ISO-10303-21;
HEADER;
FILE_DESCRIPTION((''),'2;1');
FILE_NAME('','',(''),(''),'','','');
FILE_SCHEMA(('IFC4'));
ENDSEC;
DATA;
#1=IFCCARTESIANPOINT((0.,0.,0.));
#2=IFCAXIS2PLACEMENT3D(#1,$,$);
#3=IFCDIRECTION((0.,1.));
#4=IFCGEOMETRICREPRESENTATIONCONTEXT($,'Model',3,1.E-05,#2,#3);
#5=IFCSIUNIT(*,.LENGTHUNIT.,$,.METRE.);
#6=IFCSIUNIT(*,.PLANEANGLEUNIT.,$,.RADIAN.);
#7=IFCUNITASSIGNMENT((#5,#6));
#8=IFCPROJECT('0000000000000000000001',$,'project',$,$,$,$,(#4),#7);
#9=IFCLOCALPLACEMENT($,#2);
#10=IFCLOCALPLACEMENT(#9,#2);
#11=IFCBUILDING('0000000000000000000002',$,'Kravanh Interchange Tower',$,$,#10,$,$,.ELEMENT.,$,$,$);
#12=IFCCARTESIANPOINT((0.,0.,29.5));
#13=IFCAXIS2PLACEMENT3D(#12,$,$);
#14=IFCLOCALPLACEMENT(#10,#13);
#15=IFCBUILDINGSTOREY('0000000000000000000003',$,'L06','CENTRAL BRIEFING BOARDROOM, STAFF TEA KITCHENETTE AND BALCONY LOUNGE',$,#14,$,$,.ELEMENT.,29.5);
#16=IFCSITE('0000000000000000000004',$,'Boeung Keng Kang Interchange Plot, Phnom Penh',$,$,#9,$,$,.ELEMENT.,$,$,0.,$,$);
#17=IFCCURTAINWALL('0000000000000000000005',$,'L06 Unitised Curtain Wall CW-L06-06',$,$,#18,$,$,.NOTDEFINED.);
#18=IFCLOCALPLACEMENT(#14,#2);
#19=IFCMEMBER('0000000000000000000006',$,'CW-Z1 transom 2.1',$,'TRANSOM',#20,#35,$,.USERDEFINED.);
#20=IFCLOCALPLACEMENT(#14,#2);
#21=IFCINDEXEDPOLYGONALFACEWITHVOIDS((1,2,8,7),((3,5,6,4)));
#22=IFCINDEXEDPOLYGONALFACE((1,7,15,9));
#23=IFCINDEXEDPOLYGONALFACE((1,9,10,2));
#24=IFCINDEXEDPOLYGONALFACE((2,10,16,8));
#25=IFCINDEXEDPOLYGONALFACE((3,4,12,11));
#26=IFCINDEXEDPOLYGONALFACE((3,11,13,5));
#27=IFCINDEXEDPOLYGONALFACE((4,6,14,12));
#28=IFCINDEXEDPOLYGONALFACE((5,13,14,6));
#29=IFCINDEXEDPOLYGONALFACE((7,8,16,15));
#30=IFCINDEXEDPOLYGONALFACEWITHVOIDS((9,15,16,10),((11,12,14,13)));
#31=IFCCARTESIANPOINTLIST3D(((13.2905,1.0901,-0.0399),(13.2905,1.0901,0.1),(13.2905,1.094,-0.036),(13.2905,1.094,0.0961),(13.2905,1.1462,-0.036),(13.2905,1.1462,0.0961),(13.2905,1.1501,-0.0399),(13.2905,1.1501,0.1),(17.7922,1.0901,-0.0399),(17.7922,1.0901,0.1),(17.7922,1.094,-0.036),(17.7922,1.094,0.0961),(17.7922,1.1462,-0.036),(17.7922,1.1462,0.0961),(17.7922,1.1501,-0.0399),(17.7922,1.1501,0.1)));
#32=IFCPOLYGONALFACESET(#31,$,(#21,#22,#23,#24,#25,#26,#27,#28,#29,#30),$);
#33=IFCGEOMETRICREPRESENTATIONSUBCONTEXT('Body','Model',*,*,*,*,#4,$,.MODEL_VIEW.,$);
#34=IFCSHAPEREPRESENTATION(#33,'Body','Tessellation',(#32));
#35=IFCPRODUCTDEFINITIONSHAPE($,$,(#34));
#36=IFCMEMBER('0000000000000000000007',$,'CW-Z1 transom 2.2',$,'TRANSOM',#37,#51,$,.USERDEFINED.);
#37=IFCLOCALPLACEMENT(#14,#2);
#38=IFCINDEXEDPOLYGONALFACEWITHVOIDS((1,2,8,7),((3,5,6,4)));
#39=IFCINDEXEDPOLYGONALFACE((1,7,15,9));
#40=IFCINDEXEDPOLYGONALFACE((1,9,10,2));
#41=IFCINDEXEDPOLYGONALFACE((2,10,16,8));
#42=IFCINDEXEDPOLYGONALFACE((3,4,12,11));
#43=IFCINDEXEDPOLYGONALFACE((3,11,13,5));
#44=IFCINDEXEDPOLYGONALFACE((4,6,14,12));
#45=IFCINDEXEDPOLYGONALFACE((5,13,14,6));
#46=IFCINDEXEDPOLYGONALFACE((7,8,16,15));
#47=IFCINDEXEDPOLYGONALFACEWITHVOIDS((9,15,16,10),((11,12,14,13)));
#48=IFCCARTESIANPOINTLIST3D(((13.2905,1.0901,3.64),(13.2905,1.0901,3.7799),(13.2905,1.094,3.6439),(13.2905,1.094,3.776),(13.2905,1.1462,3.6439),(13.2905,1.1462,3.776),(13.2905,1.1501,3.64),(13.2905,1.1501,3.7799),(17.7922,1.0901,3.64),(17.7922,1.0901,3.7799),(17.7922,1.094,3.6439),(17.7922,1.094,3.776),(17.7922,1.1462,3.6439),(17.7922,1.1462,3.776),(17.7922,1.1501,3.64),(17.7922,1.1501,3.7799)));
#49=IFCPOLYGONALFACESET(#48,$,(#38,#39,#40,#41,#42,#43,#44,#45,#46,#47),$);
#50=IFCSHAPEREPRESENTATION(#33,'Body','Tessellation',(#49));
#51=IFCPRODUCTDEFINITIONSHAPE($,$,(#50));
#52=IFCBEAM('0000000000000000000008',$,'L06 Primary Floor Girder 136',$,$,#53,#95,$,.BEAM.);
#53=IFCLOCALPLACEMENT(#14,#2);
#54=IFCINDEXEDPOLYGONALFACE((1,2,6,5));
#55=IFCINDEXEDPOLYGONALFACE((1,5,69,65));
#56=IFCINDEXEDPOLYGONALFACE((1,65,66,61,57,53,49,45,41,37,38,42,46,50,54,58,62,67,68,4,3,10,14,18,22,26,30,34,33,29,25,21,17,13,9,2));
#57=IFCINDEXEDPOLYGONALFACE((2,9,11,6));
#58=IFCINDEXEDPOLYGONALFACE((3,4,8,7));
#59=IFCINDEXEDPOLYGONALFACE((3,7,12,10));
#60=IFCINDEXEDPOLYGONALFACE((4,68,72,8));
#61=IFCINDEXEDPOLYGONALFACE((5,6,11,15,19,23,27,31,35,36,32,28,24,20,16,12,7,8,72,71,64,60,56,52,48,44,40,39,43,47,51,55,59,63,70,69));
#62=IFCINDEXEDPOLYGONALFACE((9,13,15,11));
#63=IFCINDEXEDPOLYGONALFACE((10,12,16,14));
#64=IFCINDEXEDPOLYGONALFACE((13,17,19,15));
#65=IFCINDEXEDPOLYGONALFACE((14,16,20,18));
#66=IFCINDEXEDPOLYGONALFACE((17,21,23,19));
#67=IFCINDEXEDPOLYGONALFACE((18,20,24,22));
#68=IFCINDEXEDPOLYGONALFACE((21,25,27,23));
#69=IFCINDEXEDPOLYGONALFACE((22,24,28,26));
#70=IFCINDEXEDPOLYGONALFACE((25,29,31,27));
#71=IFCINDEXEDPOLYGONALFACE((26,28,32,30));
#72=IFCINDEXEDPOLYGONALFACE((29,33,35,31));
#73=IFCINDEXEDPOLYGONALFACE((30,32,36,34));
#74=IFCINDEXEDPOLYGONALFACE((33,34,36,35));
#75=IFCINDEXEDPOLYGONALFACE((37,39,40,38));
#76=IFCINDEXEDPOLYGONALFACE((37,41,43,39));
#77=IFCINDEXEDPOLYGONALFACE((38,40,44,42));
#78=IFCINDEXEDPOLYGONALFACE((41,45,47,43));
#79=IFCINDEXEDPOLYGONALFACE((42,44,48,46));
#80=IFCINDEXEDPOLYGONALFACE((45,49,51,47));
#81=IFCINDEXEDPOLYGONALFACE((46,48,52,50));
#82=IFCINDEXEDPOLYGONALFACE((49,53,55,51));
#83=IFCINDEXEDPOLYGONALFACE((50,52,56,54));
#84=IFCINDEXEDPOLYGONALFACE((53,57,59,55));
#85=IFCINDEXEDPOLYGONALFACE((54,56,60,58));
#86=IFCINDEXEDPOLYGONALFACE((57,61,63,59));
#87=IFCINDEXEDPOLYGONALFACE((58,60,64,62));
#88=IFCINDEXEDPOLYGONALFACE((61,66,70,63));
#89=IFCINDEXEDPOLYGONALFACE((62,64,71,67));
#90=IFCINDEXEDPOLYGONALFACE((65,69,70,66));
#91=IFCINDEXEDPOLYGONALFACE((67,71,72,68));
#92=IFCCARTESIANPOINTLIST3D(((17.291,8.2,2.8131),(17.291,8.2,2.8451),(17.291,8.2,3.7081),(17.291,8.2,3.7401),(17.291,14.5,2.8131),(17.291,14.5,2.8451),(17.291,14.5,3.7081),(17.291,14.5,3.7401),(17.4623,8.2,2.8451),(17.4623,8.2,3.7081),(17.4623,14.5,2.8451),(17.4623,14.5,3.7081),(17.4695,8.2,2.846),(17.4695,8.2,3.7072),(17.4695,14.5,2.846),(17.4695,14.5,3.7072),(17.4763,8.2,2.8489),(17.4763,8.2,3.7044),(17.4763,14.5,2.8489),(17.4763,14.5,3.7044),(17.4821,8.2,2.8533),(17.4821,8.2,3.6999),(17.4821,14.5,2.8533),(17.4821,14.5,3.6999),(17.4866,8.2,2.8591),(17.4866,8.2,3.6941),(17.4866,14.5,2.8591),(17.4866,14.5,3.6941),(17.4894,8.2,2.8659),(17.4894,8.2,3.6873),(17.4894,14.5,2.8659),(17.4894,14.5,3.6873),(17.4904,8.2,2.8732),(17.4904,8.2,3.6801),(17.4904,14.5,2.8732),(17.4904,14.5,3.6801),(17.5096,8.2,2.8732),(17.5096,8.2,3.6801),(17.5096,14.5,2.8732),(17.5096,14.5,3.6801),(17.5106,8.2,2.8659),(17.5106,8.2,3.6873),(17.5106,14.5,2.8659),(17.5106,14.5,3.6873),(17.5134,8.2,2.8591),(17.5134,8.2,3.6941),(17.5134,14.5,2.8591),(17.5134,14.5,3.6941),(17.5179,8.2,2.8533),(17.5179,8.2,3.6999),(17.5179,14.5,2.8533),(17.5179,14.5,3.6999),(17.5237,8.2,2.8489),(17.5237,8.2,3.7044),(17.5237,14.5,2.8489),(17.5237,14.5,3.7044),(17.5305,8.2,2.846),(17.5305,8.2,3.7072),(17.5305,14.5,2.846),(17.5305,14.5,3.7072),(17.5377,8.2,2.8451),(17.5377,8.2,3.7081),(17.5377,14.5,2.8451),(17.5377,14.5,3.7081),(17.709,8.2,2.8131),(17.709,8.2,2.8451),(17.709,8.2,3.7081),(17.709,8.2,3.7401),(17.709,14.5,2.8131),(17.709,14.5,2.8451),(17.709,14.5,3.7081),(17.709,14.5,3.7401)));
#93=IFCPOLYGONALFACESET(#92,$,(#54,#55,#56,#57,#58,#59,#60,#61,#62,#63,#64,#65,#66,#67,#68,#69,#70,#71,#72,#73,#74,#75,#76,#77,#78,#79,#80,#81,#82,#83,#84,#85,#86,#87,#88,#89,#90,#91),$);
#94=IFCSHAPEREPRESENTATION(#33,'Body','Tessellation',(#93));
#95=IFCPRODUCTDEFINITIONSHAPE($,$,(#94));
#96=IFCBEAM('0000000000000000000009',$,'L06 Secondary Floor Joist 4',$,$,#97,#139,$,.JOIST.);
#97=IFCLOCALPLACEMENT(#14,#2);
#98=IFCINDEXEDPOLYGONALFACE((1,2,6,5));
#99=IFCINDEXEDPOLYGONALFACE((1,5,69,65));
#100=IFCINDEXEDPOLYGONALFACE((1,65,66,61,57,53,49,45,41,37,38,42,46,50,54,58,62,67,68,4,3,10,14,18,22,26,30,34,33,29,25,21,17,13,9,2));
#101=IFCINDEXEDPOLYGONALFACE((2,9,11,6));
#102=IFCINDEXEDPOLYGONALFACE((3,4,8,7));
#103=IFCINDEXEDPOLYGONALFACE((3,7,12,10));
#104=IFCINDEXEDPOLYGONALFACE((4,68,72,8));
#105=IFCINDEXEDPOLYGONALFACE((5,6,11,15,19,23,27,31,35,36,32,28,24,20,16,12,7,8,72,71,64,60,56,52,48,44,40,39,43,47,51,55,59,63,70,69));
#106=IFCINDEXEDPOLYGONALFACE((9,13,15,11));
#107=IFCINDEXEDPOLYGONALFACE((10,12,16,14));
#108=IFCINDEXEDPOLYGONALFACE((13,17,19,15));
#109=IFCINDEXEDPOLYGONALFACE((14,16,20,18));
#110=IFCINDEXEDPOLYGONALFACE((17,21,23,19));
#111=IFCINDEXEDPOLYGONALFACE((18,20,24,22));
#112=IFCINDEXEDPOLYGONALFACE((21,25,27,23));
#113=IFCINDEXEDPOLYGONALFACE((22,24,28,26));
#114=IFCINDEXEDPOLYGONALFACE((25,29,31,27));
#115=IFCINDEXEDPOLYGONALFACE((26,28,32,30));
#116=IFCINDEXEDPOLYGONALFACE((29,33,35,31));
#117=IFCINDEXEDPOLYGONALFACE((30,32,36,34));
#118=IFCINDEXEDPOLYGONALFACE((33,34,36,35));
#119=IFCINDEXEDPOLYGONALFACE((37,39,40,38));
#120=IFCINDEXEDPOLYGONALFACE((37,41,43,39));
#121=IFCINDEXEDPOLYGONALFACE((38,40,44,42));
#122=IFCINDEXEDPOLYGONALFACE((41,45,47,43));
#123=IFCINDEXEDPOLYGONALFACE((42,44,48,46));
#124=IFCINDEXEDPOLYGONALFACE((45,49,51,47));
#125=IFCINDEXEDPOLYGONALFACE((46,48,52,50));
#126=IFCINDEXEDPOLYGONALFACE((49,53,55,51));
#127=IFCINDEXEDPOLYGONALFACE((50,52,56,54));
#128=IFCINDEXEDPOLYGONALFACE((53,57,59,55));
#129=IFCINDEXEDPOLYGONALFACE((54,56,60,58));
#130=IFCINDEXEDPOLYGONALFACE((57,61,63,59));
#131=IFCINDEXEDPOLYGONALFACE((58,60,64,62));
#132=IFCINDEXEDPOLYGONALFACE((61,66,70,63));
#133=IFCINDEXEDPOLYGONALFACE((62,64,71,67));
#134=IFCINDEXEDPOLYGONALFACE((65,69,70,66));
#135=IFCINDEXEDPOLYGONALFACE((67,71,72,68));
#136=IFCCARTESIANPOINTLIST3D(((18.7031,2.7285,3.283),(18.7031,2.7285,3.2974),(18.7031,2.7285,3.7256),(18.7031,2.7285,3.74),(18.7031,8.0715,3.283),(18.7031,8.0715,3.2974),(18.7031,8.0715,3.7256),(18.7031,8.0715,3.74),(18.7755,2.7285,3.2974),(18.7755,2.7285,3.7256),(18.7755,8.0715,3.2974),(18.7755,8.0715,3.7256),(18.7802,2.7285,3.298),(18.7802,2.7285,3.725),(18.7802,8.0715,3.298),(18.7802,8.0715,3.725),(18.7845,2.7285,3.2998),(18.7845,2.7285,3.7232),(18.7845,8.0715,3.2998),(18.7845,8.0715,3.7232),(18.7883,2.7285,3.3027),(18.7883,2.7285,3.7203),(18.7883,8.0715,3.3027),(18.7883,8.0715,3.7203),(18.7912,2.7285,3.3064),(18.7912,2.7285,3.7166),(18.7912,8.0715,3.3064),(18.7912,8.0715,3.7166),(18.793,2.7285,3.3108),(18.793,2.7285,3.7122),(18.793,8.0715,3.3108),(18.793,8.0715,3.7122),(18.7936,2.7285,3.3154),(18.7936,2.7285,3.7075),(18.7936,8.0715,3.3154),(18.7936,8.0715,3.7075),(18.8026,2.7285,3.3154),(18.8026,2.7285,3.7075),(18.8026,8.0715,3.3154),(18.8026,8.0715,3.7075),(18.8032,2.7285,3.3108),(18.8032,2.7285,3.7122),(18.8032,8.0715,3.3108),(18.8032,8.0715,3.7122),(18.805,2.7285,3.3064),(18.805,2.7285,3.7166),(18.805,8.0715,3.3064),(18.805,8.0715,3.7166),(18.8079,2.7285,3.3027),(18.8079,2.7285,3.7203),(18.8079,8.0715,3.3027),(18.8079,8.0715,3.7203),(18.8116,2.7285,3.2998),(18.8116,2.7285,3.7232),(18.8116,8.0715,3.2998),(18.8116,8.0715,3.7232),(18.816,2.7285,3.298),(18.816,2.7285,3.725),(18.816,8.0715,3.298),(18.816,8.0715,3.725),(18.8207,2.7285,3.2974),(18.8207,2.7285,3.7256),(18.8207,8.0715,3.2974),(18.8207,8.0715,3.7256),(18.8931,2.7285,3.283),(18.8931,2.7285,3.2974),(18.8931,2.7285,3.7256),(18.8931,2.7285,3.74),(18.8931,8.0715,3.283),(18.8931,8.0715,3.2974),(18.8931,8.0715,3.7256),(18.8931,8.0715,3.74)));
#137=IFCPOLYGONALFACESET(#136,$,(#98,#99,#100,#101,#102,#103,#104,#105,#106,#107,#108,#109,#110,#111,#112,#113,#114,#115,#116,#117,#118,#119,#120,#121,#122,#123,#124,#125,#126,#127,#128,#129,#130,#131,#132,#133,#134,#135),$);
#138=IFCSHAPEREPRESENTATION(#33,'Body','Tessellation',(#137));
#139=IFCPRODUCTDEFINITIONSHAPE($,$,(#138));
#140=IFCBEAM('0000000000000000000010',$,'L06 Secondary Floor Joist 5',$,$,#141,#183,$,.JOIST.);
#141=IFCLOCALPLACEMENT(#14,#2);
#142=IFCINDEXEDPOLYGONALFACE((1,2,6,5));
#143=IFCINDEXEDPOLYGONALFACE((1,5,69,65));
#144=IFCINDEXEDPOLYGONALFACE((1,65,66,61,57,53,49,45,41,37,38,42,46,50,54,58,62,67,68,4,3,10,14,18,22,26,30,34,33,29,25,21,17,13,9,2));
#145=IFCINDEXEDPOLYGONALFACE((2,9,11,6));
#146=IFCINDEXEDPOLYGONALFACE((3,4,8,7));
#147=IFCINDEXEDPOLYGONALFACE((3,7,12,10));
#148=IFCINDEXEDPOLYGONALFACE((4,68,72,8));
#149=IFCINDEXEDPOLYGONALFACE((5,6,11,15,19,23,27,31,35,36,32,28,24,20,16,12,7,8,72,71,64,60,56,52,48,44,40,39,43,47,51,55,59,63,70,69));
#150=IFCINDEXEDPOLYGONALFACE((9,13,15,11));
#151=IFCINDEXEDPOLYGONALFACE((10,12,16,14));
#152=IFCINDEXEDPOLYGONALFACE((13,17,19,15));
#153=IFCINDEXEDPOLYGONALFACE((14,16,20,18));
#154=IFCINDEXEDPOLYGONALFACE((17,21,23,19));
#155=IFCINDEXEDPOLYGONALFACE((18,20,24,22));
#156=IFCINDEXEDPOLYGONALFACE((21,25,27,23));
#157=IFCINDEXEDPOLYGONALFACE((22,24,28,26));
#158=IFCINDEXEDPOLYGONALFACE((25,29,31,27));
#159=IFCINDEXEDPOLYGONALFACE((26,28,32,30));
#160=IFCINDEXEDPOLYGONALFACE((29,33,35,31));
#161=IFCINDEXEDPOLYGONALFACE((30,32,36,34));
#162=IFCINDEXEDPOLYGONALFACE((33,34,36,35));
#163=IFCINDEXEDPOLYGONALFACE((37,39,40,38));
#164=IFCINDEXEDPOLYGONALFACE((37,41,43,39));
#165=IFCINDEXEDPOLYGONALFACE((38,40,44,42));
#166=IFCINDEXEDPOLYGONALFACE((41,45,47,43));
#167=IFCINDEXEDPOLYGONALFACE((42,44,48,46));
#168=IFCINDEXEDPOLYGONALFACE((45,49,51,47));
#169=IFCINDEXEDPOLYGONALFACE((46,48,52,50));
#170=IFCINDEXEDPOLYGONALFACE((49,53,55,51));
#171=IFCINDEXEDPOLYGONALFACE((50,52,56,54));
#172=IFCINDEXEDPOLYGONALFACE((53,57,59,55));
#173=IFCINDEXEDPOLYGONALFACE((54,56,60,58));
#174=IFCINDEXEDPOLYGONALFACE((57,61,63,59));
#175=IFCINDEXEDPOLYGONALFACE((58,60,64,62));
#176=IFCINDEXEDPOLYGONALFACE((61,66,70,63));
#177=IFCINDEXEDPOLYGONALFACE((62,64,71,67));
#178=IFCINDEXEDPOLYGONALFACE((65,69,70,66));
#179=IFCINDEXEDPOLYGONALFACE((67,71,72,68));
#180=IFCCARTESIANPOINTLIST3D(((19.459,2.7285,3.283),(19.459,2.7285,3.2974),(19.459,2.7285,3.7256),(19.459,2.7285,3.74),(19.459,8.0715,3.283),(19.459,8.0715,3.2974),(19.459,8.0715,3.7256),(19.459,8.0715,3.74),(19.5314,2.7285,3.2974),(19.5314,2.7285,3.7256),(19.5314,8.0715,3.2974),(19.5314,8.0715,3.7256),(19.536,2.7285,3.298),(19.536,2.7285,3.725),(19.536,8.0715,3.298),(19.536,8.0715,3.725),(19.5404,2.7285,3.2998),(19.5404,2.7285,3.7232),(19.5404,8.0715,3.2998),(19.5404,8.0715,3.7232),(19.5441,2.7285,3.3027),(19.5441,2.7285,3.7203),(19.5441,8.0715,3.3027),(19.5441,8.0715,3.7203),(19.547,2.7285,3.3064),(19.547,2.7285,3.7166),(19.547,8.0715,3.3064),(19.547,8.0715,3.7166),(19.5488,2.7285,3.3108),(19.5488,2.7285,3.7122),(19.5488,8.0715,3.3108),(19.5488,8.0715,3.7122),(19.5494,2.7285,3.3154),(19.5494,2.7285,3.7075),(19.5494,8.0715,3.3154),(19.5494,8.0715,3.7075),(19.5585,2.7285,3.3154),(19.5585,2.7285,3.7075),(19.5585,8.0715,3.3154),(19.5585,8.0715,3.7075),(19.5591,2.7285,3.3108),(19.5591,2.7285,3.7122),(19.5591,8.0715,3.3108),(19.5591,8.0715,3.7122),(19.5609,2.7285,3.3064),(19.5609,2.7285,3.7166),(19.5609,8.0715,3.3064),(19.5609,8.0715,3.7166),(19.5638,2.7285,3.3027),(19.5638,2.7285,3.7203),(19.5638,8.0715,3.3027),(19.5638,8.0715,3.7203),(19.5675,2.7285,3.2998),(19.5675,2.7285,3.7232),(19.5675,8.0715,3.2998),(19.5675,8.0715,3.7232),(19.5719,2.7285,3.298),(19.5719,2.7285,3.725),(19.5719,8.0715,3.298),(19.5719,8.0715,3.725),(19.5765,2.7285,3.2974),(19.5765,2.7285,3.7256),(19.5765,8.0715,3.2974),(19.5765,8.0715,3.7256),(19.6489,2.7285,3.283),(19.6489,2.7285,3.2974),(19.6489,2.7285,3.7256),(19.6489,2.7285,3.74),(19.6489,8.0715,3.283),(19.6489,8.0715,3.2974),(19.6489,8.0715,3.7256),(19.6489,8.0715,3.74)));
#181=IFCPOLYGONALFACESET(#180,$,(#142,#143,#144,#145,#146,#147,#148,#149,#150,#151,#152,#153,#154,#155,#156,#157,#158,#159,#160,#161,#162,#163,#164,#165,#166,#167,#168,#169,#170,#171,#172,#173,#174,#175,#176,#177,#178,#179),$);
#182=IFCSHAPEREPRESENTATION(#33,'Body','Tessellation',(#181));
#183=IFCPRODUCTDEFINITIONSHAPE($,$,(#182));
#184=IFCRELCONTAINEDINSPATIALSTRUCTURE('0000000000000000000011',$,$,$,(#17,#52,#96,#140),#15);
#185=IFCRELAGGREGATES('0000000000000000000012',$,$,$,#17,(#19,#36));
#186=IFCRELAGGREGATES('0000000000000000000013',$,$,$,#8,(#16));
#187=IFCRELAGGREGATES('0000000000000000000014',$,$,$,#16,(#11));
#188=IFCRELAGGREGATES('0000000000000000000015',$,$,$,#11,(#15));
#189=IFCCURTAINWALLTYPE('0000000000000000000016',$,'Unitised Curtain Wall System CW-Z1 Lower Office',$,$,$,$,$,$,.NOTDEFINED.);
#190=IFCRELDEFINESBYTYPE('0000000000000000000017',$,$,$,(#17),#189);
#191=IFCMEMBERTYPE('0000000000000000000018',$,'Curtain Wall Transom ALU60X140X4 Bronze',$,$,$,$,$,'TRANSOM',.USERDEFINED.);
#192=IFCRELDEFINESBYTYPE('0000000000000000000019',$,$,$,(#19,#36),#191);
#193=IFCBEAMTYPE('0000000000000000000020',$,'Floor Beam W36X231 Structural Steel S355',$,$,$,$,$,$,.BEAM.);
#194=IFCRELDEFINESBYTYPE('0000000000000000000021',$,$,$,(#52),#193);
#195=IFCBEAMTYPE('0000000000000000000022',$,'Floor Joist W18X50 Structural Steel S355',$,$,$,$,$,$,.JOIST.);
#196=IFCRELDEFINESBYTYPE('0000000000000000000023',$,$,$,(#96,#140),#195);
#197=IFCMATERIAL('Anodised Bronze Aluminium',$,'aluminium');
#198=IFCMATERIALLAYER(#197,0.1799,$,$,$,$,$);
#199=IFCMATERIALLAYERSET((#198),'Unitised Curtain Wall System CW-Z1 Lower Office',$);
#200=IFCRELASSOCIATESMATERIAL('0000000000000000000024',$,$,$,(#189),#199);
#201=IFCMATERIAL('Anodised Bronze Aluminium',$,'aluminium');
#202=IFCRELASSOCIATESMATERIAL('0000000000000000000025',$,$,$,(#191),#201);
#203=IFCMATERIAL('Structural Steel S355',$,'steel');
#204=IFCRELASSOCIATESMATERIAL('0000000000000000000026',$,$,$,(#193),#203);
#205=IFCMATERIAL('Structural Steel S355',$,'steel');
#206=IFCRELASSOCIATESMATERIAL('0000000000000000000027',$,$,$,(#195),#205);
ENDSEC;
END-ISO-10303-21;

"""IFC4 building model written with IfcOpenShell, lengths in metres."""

from ifc_helpers import new_model, si_unit, direction, frame, origin, origin_2d, place, context, subcontext, project, spatial, hollow_rectangle, i_section, extrude, material, layer, layer_set, material_profile, profile_set, type_object, element, aggregate, save


model = new_model("IFC4")

# Units and contexts
model_context = context("Model", 3, precision=1e-05, world=origin(), true_north=direction((0.0, 1.0)))
body_context = subcontext(model_context, "Body", "Model", "MODEL_VIEW")
ifc_project = project(units=[si_unit("LENGTHUNIT", "METRE"), si_unit("PLANEANGLEUNIT", "RADIAN")], contexts=[model_context])

# Site, building, storey
site_placement = place(None, origin())
site = spatial("IfcSite", under=ifc_project, at=site_placement, Name="Boeung Keng Kang Interchange Plot, Phnom Penh", CompositionType="ELEMENT", RefElevation=0.0)
building_placement = place(site_placement, origin())
building = spatial("IfcBuilding", under=site, at=building_placement, Name="Kravanh Interchange Tower", CompositionType="ELEMENT")
storey_placement = place(building_placement, frame((0.0, 0.0, 29.5)))
storey = spatial("IfcBuildingStorey", under=building, at=storey_placement, Name="L06", Description="CENTRAL BRIEFING BOARDROOM, STAFF TEA KITCHENETTE AND BALCONY LOUNGE", CompositionType="ELEMENT", Elevation=29.5)

# Curtain wall
ifc_material_1 = material(Name="Anodised Bronze Aluminium", Category="aluminium")
ifc_layer_1 = layer(ifc_material_1, 0.1799)
ifc_layer_set_1 = layer_set([ifc_layer_1], Name="Unitised Curtain Wall System CW-Z1 Lower Office")
curtain_wall_type = type_object("IfcCurtainWallType", Name="Unitised Curtain Wall System CW-Z1 Lower Office", PredefinedType="NOTDEFINED", material=ifc_layer_set_1)
curtain_wall_1_placement = place(storey_placement, origin())
curtain_wall_1 = element("IfcCurtainWall", 1, at=curtain_wall_1_placement, inside=storey, type_object=curtain_wall_type, Name="L06 Unitised Curtain Wall CW-L06-06", PredefinedType="NOTDEFINED")

# Members
ifc_material_2 = material(Name="Anodised Bronze Aluminium", Category="aluminium")
ifc_material_profile_1 = material_profile(ifc_material_2, hollow_rectangle(XDim=0.0601, YDim=0.1399, WallThickness=0.0039, at=origin_2d()), Name="ALU60X140X4")
ifc_profile_set_1 = profile_set([ifc_material_profile_1], Name="Anodised Bronze Aluminium")
member_type_1 = type_object("IfcMemberType", Name="Curtain Wall Transom ALU60X140X4 Bronze", ElementType="TRANSOM", PredefinedType="USERDEFINED", material=ifc_profile_set_1)
member_1_placement = place(storey_placement, frame((17.7922, 1.1201, 0.03), z_axis=(-1.0, 0.0, 0.0), x_axis=(0.0, -1.0, 0.0)))
member_1 = element("IfcMember", 2, at=member_1_placement, type_object=member_type_1, Name="CW-Z1 transom 2.1", ObjectType="TRANSOM", PredefinedType="USERDEFINED", context=body_context, shape_type="SweptSolid", body=[
    extrude(hollow_rectangle(XDim=0.0601, YDim=0.1399, WallThickness=0.0039, at=origin_2d()), origin(), (0.0, 0.0, 1.0), 4.5017),
])
member_2_placement = place(storey_placement, frame((17.7922, 1.1201, 3.71), z_axis=(-1.0, 0.0, 0.0), x_axis=(0.0, -1.0, 0.0)))
member_2 = element("IfcMember", 3, at=member_2_placement, type_object=member_type_1, Name="CW-Z1 transom 2.2", ObjectType="TRANSOM", PredefinedType="USERDEFINED", context=body_context, shape_type="SweptSolid", body=[
    extrude(hollow_rectangle(XDim=0.0601, YDim=0.1399, WallThickness=0.0039, at=origin_2d()), origin(), (0.0, 0.0, 1.0), 4.5017),
])

# Beams
ifc_material_3 = material(Name="Structural Steel S355", Category="steel")
ifc_material_profile_2 = material_profile(ifc_material_3, i_section(OverallWidth=0.418, OverallDepth=0.927, WebThickness=0.0193, FlangeThickness=0.032, FilletRadius=0.0281, at=origin_2d()), Name="W36X231")
ifc_profile_set_2 = profile_set([ifc_material_profile_2], Name="Structural Steel S355")
beam_type_1 = type_object("IfcBeamType", Name="Floor Beam W36X231 Structural Steel S355", PredefinedType="BEAM", material=ifc_profile_set_2)
beam_1_placement = place(storey_placement, frame((17.5, 8.2, 3.2766), z_axis=(0.0, 1.0, 0.0), x_axis=(-1.0, 0.0, 0.0)))
element("IfcBeam", 4, at=beam_1_placement, inside=storey, type_object=beam_type_1, Name="L06 Primary Floor Girder 136", PredefinedType="BEAM", context=body_context, shape_type="SweptSolid", body=[
    extrude(i_section(OverallWidth=0.418, OverallDepth=0.927, WebThickness=0.0193, FlangeThickness=0.032, FilletRadius=0.0281, at=origin_2d()), origin(), (0.0, 0.0, 1.0), 6.3),
])
ifc_material_4 = material(Name="Structural Steel S355", Category="steel")
ifc_material_profile_3 = material_profile(ifc_material_4, i_section(OverallWidth=0.1899, OverallDepth=0.457, WebThickness=0.009, FlangeThickness=0.0144, FilletRadius=0.0181, at=origin_2d()), Name="W18X50")
ifc_profile_set_3 = profile_set([ifc_material_profile_3], Name="Structural Steel S355")
beam_type_2 = type_object("IfcBeamType", Name="Floor Joist W18X50 Structural Steel S355", PredefinedType="JOIST", material=ifc_profile_set_3)
for number, where, z_axis, x_axis, name in (
    (5, (18.7981, 2.7285, 3.5115), (0.0, 1.0, 0.0), (-1.0, 0.0, 0.0), "L06 Secondary Floor Joist 4"),
    (6, (19.554, 2.7285, 3.5115), (0.0, 1.0, 0.0), (-1.0, 0.0, 0.0), "L06 Secondary Floor Joist 5"),
):
    element("IfcBeam", number, at=place(storey_placement, frame(where, z_axis=z_axis, x_axis=x_axis)), inside=storey, type_object=beam_type_2, Name=name, PredefinedType="JOIST", context=body_context, shape_type="SweptSolid", body=[
        extrude(i_section(OverallWidth=0.1899, OverallDepth=0.457, WebThickness=0.009, FlangeThickness=0.0144, FilletRadius=0.0181, at=origin_2d()), origin(), (0.0, 0.0, 1.0), 5.343),
    ])

aggregate(curtain_wall_1, [member_1, member_2])

save(model, "model.ifc")
